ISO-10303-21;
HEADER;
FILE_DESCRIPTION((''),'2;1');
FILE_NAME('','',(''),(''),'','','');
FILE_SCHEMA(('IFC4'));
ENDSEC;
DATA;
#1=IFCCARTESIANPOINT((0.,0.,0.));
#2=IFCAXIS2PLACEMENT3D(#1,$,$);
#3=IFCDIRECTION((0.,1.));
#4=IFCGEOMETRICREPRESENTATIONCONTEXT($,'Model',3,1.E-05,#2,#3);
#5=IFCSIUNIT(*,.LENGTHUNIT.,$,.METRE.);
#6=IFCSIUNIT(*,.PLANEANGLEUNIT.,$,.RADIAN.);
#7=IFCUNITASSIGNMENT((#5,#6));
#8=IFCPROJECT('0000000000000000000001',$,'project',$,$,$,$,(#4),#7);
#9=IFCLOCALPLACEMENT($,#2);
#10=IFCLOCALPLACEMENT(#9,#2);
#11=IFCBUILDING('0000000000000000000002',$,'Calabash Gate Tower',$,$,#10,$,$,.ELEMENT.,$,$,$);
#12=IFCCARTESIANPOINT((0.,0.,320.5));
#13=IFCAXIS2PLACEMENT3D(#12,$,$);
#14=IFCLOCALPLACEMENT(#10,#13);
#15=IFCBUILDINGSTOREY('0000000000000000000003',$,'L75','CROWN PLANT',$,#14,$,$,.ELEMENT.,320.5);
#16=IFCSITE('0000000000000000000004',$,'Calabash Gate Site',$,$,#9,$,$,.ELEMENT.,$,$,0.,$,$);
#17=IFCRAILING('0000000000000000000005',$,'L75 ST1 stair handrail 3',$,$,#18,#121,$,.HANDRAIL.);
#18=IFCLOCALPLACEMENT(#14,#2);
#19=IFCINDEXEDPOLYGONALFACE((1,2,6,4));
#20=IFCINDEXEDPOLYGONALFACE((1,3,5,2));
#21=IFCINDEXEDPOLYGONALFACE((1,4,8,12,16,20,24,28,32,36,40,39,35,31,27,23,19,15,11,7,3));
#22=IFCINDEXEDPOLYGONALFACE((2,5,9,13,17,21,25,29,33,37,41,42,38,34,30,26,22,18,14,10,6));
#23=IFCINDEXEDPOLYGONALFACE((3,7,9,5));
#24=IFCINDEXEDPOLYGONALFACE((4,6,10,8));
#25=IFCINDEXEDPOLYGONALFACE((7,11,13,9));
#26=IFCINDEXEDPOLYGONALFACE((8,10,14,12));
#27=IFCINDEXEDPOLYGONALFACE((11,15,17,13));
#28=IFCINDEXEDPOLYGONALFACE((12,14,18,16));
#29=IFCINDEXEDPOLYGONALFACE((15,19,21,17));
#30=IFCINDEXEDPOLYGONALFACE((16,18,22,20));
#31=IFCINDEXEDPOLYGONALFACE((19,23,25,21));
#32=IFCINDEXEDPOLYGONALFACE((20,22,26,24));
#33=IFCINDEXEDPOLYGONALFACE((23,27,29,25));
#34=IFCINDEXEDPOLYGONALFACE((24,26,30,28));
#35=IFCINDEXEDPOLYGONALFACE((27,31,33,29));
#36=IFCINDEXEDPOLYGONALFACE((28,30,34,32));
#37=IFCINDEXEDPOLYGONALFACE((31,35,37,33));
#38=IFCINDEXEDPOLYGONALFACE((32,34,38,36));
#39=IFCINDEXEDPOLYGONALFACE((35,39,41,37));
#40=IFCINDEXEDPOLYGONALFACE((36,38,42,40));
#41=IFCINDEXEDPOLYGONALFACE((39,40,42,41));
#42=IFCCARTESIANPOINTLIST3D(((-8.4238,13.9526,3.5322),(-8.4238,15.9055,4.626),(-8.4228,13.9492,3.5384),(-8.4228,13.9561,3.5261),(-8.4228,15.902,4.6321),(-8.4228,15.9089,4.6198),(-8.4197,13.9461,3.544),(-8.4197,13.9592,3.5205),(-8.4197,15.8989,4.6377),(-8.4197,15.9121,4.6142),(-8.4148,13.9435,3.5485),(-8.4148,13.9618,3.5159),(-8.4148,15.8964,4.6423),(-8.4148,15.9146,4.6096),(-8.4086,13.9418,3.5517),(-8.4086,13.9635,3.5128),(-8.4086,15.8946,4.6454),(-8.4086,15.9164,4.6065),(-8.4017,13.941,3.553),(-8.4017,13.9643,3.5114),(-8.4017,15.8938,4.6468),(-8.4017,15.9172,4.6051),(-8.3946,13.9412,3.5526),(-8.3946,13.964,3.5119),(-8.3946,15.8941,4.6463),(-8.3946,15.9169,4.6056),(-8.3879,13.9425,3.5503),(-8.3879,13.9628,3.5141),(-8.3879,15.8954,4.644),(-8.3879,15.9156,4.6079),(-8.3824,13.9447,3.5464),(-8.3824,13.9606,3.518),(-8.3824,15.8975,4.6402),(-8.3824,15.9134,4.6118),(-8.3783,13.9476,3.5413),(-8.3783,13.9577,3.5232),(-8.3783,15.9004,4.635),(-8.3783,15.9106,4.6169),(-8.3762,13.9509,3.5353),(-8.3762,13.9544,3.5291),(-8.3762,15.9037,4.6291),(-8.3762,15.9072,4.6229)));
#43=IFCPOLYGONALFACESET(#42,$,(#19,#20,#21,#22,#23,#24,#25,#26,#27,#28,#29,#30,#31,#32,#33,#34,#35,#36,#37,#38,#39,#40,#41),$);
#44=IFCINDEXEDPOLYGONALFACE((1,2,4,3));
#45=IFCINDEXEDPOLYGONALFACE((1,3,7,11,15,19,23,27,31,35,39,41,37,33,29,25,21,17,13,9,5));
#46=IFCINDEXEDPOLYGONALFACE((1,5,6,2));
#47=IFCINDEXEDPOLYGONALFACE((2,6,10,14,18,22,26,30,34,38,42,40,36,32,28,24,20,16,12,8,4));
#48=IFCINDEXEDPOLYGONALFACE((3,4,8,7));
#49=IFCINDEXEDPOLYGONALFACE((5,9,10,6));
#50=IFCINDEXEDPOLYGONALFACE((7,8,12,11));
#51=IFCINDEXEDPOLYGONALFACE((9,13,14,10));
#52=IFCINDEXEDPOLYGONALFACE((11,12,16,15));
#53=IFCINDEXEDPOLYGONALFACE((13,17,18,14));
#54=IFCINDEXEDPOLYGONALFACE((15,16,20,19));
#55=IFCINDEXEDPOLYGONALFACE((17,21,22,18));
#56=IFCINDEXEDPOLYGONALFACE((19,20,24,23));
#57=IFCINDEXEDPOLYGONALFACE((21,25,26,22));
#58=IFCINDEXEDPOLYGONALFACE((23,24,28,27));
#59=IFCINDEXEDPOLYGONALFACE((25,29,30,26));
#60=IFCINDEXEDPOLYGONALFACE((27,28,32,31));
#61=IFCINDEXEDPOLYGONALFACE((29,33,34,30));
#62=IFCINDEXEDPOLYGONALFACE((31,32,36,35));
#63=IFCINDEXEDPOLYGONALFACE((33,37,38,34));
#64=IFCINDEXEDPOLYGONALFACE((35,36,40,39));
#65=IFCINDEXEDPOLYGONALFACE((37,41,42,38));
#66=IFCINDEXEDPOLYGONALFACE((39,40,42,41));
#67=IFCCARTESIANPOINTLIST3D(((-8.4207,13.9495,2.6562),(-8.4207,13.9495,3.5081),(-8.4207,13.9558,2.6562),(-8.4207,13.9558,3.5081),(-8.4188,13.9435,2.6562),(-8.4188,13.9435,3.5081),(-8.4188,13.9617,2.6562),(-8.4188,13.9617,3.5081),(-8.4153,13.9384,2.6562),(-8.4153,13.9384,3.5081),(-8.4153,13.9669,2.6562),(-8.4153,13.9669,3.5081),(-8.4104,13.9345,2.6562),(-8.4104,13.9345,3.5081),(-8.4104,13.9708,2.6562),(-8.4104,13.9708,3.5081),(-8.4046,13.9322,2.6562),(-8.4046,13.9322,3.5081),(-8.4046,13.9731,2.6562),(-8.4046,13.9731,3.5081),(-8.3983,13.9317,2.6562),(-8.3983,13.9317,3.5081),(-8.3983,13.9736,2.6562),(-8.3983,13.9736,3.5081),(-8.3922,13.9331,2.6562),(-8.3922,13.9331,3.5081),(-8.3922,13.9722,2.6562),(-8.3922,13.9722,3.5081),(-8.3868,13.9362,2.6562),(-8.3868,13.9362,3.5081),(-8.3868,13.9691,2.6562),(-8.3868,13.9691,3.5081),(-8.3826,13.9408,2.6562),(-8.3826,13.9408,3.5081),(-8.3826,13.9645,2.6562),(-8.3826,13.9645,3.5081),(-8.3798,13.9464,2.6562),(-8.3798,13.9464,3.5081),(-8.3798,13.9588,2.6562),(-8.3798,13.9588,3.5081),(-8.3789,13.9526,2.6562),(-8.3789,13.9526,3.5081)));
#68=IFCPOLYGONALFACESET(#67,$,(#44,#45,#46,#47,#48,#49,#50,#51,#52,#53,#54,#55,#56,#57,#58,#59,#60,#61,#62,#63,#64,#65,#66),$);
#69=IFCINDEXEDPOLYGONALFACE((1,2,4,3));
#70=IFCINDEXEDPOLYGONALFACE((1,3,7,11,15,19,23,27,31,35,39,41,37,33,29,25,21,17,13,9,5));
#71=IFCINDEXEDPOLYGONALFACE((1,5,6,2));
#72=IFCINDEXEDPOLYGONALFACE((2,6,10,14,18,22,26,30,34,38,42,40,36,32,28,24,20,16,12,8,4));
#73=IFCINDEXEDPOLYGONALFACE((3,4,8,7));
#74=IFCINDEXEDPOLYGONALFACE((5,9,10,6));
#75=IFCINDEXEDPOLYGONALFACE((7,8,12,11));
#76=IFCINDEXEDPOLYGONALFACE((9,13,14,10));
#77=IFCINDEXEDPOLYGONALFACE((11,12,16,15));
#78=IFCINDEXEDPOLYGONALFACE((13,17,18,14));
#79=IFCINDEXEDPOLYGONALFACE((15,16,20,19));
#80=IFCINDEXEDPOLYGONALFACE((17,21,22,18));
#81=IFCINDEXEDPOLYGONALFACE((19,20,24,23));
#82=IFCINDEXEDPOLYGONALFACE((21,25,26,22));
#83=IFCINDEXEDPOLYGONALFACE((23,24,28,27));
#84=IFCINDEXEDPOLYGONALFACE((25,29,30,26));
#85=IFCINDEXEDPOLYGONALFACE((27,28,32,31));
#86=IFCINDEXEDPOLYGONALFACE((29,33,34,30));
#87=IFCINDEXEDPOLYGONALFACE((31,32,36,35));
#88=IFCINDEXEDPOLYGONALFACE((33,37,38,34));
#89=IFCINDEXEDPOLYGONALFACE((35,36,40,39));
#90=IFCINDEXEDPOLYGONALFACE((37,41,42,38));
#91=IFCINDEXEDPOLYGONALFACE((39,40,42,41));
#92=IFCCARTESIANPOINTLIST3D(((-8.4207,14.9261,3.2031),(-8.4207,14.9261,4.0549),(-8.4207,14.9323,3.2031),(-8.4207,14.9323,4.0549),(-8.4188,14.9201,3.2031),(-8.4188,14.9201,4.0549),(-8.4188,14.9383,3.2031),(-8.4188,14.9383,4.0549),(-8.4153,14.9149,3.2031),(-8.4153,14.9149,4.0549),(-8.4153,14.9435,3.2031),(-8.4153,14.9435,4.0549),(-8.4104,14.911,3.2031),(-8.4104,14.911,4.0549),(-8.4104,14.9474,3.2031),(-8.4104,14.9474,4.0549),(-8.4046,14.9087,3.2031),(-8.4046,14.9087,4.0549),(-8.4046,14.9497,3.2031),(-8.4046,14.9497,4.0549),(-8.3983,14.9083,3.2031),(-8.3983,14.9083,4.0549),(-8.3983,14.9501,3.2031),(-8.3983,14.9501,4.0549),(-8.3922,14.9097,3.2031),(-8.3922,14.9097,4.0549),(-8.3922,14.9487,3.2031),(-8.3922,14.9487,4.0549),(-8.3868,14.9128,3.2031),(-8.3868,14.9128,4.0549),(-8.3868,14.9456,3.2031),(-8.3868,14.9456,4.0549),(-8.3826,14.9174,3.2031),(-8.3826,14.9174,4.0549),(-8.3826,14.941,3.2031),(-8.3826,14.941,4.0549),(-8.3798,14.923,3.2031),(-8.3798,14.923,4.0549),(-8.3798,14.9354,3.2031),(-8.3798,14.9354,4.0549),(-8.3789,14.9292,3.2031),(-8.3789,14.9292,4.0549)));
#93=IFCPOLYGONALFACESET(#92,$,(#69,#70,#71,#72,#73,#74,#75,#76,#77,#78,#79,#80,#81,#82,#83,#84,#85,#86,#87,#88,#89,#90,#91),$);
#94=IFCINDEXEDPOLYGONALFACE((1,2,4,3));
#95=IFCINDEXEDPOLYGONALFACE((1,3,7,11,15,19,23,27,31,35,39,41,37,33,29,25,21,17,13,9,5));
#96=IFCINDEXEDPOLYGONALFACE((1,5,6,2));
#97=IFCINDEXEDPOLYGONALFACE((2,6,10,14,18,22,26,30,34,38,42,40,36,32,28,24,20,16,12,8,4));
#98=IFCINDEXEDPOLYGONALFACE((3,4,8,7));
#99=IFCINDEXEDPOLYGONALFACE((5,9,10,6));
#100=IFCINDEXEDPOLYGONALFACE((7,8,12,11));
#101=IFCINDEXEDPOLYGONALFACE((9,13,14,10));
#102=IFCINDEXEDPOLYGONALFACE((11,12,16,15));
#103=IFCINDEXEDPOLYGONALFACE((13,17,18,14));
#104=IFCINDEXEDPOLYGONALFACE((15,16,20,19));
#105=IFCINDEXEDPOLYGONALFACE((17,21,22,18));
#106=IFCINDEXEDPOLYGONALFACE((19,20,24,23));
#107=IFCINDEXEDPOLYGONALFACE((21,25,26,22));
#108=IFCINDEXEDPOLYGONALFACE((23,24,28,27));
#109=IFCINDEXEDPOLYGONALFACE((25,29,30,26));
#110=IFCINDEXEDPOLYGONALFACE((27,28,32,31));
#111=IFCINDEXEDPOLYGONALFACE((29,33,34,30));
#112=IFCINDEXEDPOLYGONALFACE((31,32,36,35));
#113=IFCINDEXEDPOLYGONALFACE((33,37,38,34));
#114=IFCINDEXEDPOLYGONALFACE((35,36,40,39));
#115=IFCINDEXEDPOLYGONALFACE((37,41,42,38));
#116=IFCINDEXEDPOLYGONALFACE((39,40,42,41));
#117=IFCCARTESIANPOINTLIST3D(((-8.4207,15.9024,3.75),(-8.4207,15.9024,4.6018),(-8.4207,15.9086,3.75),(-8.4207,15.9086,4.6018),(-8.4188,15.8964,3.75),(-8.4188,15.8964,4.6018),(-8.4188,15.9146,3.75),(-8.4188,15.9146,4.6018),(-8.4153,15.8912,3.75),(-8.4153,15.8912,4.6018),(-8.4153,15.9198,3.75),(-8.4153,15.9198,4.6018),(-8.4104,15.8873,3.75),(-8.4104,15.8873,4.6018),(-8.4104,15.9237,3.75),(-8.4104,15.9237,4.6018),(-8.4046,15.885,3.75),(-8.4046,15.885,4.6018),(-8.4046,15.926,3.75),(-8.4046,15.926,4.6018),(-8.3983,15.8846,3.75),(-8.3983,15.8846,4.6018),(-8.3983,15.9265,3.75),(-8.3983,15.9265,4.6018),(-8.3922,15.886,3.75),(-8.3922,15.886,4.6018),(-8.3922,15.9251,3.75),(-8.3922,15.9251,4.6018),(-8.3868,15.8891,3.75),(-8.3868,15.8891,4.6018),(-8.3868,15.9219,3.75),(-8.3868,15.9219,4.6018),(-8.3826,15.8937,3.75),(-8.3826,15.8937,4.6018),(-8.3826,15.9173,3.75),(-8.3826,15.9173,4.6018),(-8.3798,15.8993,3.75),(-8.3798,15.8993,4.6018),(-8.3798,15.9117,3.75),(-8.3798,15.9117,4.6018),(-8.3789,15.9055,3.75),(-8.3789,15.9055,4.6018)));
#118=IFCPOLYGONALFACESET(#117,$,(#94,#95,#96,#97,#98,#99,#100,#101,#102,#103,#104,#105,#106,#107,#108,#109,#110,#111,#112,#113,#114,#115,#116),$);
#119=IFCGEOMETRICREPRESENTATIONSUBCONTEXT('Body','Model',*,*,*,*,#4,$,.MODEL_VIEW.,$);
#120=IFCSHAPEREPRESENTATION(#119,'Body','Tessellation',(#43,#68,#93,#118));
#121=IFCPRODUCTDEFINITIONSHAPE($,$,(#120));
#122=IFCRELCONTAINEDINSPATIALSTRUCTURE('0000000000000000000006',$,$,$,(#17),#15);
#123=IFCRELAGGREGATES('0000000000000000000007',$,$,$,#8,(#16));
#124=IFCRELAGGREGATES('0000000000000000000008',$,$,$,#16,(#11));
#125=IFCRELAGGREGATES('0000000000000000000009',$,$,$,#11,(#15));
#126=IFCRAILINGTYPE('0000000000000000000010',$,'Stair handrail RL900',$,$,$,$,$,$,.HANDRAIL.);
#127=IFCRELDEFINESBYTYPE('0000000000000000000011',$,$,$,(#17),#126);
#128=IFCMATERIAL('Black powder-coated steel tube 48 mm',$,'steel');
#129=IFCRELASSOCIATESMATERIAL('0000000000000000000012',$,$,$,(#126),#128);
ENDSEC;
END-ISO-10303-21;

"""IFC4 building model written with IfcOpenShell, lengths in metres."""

from ifc_helpers import new_model, si_unit, direction, frame, origin, origin_2d, place, context, subcontext, project, spatial, circle, extrude, material, type_object, element, save


model = new_model("IFC4")

# Units and contexts
model_context = context("Model", 3, precision=1e-05, world=origin(), true_north=direction((0.0, 1.0)))
body_context = subcontext(model_context, "Body", "Model", "MODEL_VIEW")
ifc_project = project(units=[si_unit("LENGTHUNIT", "METRE"), si_unit("PLANEANGLEUNIT", "RADIAN")], contexts=[model_context])

# Site, building, storey
site_placement = place(None, origin())
site = spatial("IfcSite", under=ifc_project, at=site_placement, Name="Calabash Gate Site", CompositionType="ELEMENT", RefElevation=0.0)
building_placement = place(site_placement, origin())
building = spatial("IfcBuilding", under=site, at=building_placement, Name="Calabash Gate Tower", CompositionType="ELEMENT")
storey_placement = place(building_placement, frame((0.0, 0.0, 320.5)))
storey = spatial("IfcBuildingStorey", under=building, at=storey_placement, Name="L75", Description="CROWN PLANT", CompositionType="ELEMENT", Elevation=320.5)

# Railing
ifc_material_1 = material(Name="Black powder-coated steel tube 48 mm", Category="steel")
railing_type_1 = type_object("IfcRailingType", Name="Stair handrail RL900", PredefinedType="HANDRAIL", material=ifc_material_1)
for number, where, name in (
    (1, (-8.3999, 13.9526, 2.6562), "L75 ST1 stair handrail 3"),
):
    element("IfcRailing", number, at=place(storey_placement, frame(where)), inside=storey, type_object=railing_type_1, Name=name, PredefinedType="HANDRAIL", context=body_context, shape_type="SweptSolid", body=[
        extrude(circle(Radius=0.0239, at=origin_2d()), frame((0.0, 0.0, 0.876), z_axis=(0.0, 0.87248, 0.48865), x_axis=(-1.0, 0.0, 0.0)), (0.0, 0.0, 1.0), 2.2383),
        extrude(circle(Radius=0.021, at=origin_2d()), origin(), (0.0, 0.0, 1.0), 0.8518),
        extrude(circle(Radius=0.021, at=origin_2d()), frame((0.0, 0.9766, 0.5469)), (0.0, 0.0, 1.0), 0.8518),
        extrude(circle(Radius=0.021, at=origin_2d()), frame((0.0, 1.9529, 1.0938)), (0.0, 0.0, 1.0), 0.8518),
    ])

save(model, "model.ifc")
